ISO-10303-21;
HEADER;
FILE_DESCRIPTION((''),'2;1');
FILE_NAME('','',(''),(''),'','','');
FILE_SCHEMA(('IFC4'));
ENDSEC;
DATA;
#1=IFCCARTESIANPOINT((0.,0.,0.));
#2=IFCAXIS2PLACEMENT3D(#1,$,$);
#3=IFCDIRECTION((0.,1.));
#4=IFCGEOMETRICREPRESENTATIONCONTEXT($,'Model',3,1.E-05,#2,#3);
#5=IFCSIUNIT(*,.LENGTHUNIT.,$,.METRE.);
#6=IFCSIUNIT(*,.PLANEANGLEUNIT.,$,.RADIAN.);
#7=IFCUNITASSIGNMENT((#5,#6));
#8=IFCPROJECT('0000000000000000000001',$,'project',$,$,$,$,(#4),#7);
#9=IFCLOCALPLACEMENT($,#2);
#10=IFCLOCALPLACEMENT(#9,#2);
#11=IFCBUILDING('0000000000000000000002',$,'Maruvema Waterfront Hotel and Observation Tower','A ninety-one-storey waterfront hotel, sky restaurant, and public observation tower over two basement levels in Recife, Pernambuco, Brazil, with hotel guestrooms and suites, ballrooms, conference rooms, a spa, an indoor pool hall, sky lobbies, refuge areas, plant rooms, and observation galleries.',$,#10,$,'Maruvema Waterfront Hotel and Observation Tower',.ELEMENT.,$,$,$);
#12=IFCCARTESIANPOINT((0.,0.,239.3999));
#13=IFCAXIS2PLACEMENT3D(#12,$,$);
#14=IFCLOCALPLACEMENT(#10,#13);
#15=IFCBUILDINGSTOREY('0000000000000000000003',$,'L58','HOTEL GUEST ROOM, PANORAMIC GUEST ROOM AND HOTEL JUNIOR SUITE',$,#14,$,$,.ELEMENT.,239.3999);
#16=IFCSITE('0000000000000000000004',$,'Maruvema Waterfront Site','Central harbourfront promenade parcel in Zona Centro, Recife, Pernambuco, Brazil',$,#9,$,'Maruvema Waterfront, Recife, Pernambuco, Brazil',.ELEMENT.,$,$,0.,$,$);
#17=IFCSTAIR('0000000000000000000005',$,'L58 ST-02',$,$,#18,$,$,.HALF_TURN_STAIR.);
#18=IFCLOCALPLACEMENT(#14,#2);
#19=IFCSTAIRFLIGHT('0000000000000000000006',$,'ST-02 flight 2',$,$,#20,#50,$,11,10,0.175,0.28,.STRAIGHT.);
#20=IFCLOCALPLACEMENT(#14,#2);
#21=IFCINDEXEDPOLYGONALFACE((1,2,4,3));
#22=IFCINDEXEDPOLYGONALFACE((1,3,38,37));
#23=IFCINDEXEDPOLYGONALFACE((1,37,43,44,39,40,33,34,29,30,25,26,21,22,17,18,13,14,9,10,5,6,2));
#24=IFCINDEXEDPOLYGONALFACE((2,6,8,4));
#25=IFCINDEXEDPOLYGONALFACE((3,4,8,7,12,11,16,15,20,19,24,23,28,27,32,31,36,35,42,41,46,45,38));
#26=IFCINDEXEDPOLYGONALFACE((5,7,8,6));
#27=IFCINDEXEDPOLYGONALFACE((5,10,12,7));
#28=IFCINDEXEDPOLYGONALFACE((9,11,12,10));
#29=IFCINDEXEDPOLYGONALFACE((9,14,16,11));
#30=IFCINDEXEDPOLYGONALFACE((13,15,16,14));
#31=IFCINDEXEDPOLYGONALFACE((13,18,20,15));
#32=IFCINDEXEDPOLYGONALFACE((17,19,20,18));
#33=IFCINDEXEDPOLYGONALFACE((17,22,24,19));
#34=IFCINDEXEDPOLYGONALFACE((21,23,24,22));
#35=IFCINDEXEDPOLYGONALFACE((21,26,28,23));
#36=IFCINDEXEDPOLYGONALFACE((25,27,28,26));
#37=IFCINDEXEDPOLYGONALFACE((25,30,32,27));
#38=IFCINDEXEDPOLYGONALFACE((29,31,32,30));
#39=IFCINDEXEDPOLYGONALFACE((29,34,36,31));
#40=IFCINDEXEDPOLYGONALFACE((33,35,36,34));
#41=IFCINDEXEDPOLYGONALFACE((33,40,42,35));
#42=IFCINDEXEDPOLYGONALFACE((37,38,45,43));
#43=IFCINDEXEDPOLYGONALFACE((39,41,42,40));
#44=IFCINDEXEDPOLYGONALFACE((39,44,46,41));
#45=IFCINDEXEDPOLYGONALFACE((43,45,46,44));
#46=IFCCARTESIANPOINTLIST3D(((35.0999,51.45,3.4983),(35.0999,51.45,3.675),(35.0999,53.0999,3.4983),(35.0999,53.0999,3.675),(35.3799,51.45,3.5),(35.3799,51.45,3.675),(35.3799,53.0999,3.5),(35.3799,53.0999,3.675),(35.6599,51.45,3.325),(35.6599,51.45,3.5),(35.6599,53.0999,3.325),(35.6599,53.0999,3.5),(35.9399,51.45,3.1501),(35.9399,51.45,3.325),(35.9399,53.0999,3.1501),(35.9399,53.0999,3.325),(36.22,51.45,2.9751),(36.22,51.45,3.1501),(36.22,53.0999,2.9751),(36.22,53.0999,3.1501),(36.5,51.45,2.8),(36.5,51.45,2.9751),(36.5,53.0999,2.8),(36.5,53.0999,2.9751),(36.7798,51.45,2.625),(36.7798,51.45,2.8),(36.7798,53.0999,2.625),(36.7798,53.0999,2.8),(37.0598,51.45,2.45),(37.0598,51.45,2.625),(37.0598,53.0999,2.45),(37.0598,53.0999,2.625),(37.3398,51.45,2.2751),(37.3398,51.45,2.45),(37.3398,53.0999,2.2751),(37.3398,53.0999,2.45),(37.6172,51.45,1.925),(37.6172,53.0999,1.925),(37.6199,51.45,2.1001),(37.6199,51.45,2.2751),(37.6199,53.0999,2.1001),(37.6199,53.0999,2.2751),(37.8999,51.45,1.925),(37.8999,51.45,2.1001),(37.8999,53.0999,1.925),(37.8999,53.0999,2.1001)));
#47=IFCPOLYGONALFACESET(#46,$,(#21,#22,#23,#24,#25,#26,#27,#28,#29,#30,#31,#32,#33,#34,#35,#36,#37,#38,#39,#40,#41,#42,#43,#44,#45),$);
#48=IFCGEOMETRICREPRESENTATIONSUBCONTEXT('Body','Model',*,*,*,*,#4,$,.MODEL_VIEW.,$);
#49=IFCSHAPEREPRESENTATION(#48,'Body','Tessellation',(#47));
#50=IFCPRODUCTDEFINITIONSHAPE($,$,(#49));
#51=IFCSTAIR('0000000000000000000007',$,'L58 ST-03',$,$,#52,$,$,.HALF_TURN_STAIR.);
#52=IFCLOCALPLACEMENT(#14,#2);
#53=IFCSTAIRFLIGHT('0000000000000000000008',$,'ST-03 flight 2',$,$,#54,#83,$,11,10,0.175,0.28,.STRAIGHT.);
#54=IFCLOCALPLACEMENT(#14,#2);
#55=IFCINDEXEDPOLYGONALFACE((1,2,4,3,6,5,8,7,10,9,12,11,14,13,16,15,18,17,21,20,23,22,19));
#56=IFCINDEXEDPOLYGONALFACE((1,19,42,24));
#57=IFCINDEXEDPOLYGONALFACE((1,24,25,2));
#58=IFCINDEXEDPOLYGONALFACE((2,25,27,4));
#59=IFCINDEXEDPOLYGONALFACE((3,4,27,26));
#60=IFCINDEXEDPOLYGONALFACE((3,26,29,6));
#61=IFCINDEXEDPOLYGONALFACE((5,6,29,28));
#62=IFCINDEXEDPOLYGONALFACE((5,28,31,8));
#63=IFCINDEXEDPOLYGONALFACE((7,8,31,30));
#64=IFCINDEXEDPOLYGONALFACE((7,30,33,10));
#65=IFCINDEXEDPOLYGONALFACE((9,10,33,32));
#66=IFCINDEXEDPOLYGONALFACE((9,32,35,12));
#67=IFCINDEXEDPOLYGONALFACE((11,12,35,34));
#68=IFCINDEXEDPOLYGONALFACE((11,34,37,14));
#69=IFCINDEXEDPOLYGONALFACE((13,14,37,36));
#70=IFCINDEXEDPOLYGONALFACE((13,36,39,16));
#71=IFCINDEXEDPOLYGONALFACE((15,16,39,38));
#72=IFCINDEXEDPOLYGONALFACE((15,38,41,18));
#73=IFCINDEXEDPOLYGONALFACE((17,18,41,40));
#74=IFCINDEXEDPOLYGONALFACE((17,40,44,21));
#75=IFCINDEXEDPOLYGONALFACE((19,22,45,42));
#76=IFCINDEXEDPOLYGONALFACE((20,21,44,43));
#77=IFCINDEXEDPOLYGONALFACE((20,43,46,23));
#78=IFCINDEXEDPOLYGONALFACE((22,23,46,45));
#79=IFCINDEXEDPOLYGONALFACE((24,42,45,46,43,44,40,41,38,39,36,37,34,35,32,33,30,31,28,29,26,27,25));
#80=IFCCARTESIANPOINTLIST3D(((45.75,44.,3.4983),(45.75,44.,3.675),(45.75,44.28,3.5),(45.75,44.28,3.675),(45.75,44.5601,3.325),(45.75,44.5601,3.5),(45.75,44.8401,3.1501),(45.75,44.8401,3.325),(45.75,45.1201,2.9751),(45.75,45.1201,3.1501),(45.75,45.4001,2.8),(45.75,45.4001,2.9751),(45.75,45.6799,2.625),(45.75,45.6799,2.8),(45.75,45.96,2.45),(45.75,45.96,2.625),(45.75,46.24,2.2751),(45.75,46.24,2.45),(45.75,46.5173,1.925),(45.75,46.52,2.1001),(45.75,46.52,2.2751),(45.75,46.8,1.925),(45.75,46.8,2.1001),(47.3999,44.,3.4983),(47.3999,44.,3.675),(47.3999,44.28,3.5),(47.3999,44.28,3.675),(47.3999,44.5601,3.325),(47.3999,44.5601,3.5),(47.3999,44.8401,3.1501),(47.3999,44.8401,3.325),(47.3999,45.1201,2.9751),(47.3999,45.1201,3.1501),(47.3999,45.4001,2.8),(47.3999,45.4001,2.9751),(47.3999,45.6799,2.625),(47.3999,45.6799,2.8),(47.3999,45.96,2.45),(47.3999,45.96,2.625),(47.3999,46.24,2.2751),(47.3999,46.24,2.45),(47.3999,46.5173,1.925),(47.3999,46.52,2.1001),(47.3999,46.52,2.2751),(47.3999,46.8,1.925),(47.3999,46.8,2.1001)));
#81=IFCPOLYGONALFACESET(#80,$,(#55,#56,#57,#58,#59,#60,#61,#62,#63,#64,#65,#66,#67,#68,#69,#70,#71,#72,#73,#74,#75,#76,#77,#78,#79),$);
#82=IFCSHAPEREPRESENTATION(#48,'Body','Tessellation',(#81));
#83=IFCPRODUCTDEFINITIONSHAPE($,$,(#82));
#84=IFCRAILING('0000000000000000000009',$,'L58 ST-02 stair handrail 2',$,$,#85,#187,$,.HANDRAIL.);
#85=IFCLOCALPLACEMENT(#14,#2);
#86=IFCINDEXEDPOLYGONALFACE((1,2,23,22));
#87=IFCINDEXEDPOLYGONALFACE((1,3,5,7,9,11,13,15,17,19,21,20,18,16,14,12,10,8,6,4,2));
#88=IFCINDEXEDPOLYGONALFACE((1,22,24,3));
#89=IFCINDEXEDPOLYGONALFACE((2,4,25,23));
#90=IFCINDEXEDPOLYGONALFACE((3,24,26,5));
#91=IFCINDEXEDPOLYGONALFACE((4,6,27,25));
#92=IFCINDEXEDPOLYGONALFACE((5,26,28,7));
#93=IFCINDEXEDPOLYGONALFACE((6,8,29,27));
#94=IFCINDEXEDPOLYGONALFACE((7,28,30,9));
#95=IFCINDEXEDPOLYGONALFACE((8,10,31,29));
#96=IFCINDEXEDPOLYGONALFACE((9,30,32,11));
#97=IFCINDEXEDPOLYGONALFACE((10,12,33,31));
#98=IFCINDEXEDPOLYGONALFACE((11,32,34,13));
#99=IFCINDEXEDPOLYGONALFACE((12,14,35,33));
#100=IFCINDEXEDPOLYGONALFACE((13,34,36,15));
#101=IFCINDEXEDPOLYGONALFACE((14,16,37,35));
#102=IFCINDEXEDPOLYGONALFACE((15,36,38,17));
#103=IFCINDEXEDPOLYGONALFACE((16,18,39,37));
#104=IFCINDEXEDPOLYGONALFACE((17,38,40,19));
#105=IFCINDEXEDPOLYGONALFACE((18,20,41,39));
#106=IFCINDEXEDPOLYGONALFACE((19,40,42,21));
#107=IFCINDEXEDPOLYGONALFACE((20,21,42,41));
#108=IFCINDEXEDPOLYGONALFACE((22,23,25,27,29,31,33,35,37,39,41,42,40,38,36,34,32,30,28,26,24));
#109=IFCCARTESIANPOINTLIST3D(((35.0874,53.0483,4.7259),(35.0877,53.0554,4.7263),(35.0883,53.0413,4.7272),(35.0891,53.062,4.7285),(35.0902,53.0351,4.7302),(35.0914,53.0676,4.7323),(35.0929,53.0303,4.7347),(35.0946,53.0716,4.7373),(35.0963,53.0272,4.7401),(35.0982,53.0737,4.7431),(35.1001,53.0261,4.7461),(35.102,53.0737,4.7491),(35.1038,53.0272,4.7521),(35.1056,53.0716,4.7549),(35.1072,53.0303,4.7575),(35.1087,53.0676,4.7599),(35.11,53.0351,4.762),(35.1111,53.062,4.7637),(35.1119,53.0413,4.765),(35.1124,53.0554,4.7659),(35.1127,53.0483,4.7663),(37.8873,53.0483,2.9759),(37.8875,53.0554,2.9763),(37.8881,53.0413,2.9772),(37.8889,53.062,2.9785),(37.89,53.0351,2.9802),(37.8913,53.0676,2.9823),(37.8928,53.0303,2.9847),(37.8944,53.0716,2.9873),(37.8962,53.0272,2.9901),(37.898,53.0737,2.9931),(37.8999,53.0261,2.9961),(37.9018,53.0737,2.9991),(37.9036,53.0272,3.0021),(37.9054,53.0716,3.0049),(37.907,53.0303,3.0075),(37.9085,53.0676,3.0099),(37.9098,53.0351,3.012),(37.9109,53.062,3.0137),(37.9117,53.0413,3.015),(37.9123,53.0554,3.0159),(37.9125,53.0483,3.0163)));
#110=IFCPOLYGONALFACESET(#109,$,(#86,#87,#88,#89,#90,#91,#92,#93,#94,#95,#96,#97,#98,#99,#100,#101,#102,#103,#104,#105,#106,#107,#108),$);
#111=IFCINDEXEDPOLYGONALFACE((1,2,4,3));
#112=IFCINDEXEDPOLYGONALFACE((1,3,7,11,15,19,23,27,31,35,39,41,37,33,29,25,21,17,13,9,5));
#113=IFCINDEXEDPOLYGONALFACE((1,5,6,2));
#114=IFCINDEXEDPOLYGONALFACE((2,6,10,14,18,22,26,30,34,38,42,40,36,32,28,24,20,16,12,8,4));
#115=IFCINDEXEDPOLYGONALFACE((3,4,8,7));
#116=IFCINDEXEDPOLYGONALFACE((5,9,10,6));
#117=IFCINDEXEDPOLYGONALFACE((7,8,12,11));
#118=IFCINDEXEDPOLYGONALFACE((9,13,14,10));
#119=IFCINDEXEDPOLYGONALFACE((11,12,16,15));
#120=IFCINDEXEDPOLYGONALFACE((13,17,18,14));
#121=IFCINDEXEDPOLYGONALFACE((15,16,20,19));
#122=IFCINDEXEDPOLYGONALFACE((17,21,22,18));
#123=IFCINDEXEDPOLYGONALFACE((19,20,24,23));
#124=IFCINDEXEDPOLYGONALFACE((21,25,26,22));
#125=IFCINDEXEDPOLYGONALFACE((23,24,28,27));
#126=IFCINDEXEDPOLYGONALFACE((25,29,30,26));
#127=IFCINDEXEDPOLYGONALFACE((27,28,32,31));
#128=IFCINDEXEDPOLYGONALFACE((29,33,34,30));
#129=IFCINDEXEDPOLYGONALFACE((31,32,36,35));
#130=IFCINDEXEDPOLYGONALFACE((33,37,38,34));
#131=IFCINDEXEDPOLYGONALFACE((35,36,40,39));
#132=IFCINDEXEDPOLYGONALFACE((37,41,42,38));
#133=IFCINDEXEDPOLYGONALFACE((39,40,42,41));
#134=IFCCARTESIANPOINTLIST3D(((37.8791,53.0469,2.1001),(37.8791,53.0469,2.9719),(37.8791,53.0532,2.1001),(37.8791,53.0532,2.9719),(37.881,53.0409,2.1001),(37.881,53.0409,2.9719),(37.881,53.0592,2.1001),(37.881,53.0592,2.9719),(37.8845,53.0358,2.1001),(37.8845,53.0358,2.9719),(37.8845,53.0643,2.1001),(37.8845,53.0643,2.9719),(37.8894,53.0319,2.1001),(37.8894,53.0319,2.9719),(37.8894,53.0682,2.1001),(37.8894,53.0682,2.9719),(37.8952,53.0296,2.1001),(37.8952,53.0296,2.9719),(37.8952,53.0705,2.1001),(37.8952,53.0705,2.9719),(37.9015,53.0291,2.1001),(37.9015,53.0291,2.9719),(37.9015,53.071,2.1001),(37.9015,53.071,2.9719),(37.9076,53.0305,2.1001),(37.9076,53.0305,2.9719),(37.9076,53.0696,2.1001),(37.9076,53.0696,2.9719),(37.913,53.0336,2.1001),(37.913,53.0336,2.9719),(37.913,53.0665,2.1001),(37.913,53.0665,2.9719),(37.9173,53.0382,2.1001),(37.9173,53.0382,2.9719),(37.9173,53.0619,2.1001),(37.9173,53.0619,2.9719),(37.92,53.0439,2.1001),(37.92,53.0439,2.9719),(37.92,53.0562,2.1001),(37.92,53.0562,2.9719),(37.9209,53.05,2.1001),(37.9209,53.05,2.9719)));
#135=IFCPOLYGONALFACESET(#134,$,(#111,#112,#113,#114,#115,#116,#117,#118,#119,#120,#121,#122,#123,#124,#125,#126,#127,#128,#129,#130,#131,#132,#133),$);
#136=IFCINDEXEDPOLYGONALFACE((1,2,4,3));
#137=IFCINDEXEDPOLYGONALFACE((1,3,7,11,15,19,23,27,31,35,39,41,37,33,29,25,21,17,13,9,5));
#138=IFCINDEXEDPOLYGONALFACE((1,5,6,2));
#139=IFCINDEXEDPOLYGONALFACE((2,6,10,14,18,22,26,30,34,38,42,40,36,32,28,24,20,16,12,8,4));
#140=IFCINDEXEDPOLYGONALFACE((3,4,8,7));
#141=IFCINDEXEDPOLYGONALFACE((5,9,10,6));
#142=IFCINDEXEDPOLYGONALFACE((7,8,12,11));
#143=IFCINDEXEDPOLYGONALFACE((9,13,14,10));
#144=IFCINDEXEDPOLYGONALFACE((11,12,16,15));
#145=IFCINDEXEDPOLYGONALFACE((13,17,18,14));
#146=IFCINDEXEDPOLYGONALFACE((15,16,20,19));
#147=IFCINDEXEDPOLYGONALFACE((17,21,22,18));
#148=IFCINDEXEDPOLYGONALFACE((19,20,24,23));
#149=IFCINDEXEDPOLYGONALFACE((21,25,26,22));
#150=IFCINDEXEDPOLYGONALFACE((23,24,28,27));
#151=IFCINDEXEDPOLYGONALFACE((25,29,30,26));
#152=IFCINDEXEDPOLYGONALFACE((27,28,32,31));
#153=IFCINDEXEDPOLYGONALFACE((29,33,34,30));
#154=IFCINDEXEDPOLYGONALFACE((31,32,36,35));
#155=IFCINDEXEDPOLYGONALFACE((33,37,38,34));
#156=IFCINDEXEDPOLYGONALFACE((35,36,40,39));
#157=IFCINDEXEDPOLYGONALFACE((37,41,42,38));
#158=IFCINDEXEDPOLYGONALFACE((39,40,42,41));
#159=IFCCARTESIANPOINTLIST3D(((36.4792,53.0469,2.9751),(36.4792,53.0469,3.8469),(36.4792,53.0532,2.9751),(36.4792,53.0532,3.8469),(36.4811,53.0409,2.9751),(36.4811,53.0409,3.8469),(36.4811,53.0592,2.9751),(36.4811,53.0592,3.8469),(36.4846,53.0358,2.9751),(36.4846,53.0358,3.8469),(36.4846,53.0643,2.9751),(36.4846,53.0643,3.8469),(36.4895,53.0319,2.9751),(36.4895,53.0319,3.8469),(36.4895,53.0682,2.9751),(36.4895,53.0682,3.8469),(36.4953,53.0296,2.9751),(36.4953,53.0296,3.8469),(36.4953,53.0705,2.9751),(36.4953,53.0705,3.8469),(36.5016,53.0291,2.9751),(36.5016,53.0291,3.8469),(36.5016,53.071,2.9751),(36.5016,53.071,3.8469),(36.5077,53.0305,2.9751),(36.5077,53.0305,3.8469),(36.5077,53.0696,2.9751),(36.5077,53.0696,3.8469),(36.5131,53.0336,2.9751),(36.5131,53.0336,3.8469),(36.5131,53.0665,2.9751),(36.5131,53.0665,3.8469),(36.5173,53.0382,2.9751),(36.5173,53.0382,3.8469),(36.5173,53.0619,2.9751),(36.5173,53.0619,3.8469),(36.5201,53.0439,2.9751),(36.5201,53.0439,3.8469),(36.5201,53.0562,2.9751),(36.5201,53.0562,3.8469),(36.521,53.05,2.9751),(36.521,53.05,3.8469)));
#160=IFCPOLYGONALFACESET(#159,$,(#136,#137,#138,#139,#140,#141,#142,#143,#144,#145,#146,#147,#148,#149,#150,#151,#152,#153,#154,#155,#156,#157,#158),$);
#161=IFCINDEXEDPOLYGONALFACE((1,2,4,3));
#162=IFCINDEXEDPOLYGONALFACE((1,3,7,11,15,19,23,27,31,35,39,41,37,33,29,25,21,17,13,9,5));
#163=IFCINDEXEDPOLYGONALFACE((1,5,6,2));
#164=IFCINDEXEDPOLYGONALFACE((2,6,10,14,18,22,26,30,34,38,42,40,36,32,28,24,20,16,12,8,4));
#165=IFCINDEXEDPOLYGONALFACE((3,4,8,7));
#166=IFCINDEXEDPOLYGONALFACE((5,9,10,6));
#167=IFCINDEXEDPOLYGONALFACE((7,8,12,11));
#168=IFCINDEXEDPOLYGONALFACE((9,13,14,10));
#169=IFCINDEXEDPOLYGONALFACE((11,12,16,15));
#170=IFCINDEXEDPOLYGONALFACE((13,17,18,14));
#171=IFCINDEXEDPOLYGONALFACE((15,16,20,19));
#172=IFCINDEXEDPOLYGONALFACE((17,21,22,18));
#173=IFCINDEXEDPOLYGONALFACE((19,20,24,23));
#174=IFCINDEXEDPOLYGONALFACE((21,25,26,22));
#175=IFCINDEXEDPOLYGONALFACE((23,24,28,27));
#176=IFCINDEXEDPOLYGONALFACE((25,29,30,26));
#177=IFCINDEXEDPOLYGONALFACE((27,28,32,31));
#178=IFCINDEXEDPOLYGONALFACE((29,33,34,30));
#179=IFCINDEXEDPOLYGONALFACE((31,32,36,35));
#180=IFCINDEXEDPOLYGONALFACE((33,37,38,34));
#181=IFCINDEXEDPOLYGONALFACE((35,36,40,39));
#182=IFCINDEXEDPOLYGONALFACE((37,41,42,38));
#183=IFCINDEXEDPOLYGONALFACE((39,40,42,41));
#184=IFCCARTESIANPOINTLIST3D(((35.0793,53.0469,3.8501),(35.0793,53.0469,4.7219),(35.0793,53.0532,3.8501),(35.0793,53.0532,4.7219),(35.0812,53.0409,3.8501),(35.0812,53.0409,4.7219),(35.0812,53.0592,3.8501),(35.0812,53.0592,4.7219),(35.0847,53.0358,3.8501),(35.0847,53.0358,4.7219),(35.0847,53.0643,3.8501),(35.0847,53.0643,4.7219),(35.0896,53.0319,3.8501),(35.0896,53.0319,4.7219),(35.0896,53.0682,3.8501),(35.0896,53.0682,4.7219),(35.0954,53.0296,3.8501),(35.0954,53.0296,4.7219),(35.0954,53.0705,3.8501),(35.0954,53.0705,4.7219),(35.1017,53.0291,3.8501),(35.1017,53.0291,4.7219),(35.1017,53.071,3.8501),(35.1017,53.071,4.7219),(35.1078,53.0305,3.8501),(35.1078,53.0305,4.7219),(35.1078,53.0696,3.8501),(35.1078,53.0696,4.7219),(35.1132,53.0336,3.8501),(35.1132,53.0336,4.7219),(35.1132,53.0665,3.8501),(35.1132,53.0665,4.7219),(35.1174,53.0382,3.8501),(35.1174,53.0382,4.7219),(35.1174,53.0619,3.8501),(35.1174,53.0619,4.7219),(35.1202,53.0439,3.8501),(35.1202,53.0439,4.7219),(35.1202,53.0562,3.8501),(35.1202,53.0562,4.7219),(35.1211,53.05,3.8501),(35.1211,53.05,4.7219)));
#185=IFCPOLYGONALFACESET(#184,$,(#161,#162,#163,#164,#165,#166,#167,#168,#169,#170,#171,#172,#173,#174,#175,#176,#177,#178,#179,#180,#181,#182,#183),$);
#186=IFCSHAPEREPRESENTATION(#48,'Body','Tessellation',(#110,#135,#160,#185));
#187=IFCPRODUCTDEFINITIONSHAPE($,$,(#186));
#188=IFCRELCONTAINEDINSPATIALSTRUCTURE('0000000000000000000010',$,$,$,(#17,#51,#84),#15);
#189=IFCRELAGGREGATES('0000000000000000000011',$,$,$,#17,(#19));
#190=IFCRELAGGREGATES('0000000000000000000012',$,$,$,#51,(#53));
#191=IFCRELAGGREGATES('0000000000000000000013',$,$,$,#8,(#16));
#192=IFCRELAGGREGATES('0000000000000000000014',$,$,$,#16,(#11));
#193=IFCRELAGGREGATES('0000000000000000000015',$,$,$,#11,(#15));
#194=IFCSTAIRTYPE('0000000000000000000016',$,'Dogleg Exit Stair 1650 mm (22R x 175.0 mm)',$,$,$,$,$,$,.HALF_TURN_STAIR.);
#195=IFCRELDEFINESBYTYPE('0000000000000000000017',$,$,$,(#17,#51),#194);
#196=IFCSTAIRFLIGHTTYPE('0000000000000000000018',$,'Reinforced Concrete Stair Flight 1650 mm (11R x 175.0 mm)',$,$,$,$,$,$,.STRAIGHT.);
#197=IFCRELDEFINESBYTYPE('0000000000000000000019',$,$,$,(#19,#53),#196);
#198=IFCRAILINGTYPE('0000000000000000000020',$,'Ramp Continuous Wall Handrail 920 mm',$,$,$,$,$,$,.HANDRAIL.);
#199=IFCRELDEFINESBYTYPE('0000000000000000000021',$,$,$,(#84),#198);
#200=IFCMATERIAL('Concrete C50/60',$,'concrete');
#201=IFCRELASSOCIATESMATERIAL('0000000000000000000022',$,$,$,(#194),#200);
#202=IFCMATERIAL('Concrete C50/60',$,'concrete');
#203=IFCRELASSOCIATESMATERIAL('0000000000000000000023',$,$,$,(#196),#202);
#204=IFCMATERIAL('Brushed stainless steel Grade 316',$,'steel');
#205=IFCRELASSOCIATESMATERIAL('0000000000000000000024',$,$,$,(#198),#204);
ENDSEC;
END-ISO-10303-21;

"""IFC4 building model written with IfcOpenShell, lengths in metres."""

from ifc_helpers import new_model, si_unit, direction, frame, origin, origin_2d, place, context, subcontext, project, spatial, polyline, circle, outline, extrude, material, type_object, element, aggregate, save


model = new_model("IFC4")

# Units and contexts
model_context = context("Model", 3, precision=1e-05, world=origin(), true_north=direction((0.0, 1.0)))
body_context = subcontext(model_context, "Body", "Model", "MODEL_VIEW")
ifc_project = project(units=[si_unit("LENGTHUNIT", "METRE"), si_unit("PLANEANGLEUNIT", "RADIAN")], contexts=[model_context])

# Site, building, storey
site_placement = place(None, origin())
site = spatial("IfcSite", under=ifc_project, at=site_placement, Name="Maruvema Waterfront Site", Description="Central harbourfront promenade parcel in Zona Centro, Recife, Pernambuco, Brazil", LongName="Maruvema Waterfront, Recife, Pernambuco, Brazil", CompositionType="ELEMENT", RefElevation=0.0)
building_placement = place(site_placement, origin())
building = spatial("IfcBuilding", under=site, at=building_placement, Name="Maruvema Waterfront Hotel and Observation Tower", Description="A ninety-one-storey waterfront hotel, sky restaurant, and public observation tower over two basement levels in Recife, Pernambuco, Brazil, with hotel guestrooms and suites, ballrooms, conference rooms, a spa, an indoor pool hall, sky lobbies, refuge areas, plant rooms, and observation galleries.", LongName="Maruvema Waterfront Hotel and Observation Tower", CompositionType="ELEMENT")
storey_placement = place(building_placement, frame((0.0, 0.0, 239.3999)))
storey = spatial("IfcBuildingStorey", under=building, at=storey_placement, Name="L58", Description="HOTEL GUEST ROOM, PANORAMIC GUEST ROOM AND HOTEL JUNIOR SUITE", CompositionType="ELEMENT", Elevation=239.3999)

# Stairs, stair flights
ifc_material_1 = material(Name="Concrete C50/60", Category="concrete")
stair_type = type_object("IfcStairType", Name="Dogleg Exit Stair 1650 mm (22R x 175.0 mm)", PredefinedType="HALF_TURN_STAIR", material=ifc_material_1)
stair_1_placement = place(storey_placement, origin())
stair_1 = element("IfcStair", 1, at=stair_1_placement, inside=storey, type_object=stair_type, Name="L58 ST-02", PredefinedType="HALF_TURN_STAIR")
ifc_material_2 = material(Name="Concrete C50/60", Category="concrete")
stair_flight_type = type_object("IfcStairFlightType", Name="Reinforced Concrete Stair Flight 1650 mm (11R x 175.0 mm)", PredefinedType="STRAIGHT", material=ifc_material_2)
stair_flight_1_placement = place(storey_placement, frame((37.8999, 52.2749, 1.925), z_axis=(0.0, 0.0, 1.0), x_axis=(-1.0, 0.0, 0.0)))
stair_flight_1 = element("IfcStairFlight", 2, at=stair_flight_1_placement, type_object=stair_flight_type, Name="ST-02 flight 2", NumberOfRisers=11, NumberOfTreads=10, PredefinedType="STRAIGHT", RiserHeight=0.175, TreadLength=0.28, context=body_context, shape_type="SweptSolid", body=[
    extrude(outline(polyline([(0.0, 0.0), (0.0, 0.175), (0.28, 0.175), (0.28, 0.3501), (0.5601, 0.3501), (0.5601, 0.5249), (0.8401, 0.5249), (0.8401, 0.7), (1.1201, 0.7), (1.1201, 0.875), (1.3999, 0.875), (1.3999, 1.05), (1.6799, 1.05), (1.6799, 1.2251), (1.96, 1.2251), (1.96, 1.3999), (2.24, 1.3999), (2.24, 1.575), (2.52, 1.575), (2.52, 1.75), (2.8, 1.75), (2.8, 1.925), (2.8, 1.5732), (0.2827, 0.0), (0.0, 0.0)])), frame((0.0, 0.825, 0.0), z_axis=(0.0, -1.0, 0.0), x_axis=(1.0, 0.0, 0.0)), (0.0, 0.0, 1.0), 1.6499),
])
aggregate(stair_1, [stair_flight_1])
stair_2_placement = place(storey_placement, origin())
stair_2 = element("IfcStair", 3, at=stair_2_placement, inside=storey, type_object=stair_type, Name="L58 ST-03", PredefinedType="HALF_TURN_STAIR")
stair_flight_2_placement = place(storey_placement, frame((46.575, 46.8, 1.925), z_axis=(0.0, 0.0, 1.0), x_axis=(0.0, -1.0, 0.0)))
stair_flight_2 = element("IfcStairFlight", 4, at=stair_flight_2_placement, type_object=stair_flight_type, Name="ST-03 flight 2", NumberOfRisers=11, NumberOfTreads=10, PredefinedType="STRAIGHT", RiserHeight=0.175, TreadLength=0.28, context=body_context, shape_type="SweptSolid", body=[
    extrude(outline(polyline([(0.0, 0.0), (0.0, 0.175), (0.28, 0.175), (0.28, 0.3501), (0.5601, 0.3501), (0.5601, 0.5249), (0.8401, 0.5249), (0.8401, 0.7), (1.1201, 0.7), (1.1201, 0.875), (1.3999, 0.875), (1.3999, 1.05), (1.6799, 1.05), (1.6799, 1.2251), (1.96, 1.2251), (1.96, 1.3999), (2.24, 1.3999), (2.24, 1.575), (2.52, 1.575), (2.52, 1.75), (2.8, 1.75), (2.8, 1.925), (2.8, 1.5732), (0.2827, 0.0), (0.0, 0.0)])), frame((0.0, 0.825, 0.0), z_axis=(0.0, -1.0, 0.0), x_axis=(1.0, 0.0, 0.0)), (0.0, 0.0, 1.0), 1.6499),
])
aggregate(stair_2, [stair_flight_2])

# Railing
ifc_material_3 = material(Name="Brushed stainless steel Grade 316", Category="steel")
railing_type_1 = type_object("IfcRailingType", Name="Ramp Continuous Wall Handrail 920 mm", PredefinedType="HANDRAIL", material=ifc_material_3)
railing_1_placement = place(storey_placement, frame((37.8999, 53.05, 2.1001)))
element("IfcRailing", 5, at=railing_1_placement, inside=storey, type_object=railing_type_1, Name="L58 ST-02 stair handrail 2", PredefinedType="HANDRAIL", context=body_context, shape_type="SweptSolid", body=[
    extrude(circle(Radius=0.0239, at=origin_2d()), frame((0.0, 0.0, 0.896), z_axis=(-0.847982, 0.0, 0.530026), x_axis=(0.0, -1.0, 0.0)), (0.0, 0.0, 1.0), 3.3018),
    extrude(circle(Radius=0.021, at=origin_2d()), origin(), (0.0, 0.0, 1.0), 0.8718),
    extrude(circle(Radius=0.021, at=origin_2d()), frame((-1.3999, 0.0, 0.875)), (0.0, 0.0, 1.0), 0.8718),
    extrude(circle(Radius=0.021, at=origin_2d()), frame((-2.7998, 0.0, 1.75)), (0.0, 0.0, 1.0), 0.8718),
])

save(model, "model.ifc")
